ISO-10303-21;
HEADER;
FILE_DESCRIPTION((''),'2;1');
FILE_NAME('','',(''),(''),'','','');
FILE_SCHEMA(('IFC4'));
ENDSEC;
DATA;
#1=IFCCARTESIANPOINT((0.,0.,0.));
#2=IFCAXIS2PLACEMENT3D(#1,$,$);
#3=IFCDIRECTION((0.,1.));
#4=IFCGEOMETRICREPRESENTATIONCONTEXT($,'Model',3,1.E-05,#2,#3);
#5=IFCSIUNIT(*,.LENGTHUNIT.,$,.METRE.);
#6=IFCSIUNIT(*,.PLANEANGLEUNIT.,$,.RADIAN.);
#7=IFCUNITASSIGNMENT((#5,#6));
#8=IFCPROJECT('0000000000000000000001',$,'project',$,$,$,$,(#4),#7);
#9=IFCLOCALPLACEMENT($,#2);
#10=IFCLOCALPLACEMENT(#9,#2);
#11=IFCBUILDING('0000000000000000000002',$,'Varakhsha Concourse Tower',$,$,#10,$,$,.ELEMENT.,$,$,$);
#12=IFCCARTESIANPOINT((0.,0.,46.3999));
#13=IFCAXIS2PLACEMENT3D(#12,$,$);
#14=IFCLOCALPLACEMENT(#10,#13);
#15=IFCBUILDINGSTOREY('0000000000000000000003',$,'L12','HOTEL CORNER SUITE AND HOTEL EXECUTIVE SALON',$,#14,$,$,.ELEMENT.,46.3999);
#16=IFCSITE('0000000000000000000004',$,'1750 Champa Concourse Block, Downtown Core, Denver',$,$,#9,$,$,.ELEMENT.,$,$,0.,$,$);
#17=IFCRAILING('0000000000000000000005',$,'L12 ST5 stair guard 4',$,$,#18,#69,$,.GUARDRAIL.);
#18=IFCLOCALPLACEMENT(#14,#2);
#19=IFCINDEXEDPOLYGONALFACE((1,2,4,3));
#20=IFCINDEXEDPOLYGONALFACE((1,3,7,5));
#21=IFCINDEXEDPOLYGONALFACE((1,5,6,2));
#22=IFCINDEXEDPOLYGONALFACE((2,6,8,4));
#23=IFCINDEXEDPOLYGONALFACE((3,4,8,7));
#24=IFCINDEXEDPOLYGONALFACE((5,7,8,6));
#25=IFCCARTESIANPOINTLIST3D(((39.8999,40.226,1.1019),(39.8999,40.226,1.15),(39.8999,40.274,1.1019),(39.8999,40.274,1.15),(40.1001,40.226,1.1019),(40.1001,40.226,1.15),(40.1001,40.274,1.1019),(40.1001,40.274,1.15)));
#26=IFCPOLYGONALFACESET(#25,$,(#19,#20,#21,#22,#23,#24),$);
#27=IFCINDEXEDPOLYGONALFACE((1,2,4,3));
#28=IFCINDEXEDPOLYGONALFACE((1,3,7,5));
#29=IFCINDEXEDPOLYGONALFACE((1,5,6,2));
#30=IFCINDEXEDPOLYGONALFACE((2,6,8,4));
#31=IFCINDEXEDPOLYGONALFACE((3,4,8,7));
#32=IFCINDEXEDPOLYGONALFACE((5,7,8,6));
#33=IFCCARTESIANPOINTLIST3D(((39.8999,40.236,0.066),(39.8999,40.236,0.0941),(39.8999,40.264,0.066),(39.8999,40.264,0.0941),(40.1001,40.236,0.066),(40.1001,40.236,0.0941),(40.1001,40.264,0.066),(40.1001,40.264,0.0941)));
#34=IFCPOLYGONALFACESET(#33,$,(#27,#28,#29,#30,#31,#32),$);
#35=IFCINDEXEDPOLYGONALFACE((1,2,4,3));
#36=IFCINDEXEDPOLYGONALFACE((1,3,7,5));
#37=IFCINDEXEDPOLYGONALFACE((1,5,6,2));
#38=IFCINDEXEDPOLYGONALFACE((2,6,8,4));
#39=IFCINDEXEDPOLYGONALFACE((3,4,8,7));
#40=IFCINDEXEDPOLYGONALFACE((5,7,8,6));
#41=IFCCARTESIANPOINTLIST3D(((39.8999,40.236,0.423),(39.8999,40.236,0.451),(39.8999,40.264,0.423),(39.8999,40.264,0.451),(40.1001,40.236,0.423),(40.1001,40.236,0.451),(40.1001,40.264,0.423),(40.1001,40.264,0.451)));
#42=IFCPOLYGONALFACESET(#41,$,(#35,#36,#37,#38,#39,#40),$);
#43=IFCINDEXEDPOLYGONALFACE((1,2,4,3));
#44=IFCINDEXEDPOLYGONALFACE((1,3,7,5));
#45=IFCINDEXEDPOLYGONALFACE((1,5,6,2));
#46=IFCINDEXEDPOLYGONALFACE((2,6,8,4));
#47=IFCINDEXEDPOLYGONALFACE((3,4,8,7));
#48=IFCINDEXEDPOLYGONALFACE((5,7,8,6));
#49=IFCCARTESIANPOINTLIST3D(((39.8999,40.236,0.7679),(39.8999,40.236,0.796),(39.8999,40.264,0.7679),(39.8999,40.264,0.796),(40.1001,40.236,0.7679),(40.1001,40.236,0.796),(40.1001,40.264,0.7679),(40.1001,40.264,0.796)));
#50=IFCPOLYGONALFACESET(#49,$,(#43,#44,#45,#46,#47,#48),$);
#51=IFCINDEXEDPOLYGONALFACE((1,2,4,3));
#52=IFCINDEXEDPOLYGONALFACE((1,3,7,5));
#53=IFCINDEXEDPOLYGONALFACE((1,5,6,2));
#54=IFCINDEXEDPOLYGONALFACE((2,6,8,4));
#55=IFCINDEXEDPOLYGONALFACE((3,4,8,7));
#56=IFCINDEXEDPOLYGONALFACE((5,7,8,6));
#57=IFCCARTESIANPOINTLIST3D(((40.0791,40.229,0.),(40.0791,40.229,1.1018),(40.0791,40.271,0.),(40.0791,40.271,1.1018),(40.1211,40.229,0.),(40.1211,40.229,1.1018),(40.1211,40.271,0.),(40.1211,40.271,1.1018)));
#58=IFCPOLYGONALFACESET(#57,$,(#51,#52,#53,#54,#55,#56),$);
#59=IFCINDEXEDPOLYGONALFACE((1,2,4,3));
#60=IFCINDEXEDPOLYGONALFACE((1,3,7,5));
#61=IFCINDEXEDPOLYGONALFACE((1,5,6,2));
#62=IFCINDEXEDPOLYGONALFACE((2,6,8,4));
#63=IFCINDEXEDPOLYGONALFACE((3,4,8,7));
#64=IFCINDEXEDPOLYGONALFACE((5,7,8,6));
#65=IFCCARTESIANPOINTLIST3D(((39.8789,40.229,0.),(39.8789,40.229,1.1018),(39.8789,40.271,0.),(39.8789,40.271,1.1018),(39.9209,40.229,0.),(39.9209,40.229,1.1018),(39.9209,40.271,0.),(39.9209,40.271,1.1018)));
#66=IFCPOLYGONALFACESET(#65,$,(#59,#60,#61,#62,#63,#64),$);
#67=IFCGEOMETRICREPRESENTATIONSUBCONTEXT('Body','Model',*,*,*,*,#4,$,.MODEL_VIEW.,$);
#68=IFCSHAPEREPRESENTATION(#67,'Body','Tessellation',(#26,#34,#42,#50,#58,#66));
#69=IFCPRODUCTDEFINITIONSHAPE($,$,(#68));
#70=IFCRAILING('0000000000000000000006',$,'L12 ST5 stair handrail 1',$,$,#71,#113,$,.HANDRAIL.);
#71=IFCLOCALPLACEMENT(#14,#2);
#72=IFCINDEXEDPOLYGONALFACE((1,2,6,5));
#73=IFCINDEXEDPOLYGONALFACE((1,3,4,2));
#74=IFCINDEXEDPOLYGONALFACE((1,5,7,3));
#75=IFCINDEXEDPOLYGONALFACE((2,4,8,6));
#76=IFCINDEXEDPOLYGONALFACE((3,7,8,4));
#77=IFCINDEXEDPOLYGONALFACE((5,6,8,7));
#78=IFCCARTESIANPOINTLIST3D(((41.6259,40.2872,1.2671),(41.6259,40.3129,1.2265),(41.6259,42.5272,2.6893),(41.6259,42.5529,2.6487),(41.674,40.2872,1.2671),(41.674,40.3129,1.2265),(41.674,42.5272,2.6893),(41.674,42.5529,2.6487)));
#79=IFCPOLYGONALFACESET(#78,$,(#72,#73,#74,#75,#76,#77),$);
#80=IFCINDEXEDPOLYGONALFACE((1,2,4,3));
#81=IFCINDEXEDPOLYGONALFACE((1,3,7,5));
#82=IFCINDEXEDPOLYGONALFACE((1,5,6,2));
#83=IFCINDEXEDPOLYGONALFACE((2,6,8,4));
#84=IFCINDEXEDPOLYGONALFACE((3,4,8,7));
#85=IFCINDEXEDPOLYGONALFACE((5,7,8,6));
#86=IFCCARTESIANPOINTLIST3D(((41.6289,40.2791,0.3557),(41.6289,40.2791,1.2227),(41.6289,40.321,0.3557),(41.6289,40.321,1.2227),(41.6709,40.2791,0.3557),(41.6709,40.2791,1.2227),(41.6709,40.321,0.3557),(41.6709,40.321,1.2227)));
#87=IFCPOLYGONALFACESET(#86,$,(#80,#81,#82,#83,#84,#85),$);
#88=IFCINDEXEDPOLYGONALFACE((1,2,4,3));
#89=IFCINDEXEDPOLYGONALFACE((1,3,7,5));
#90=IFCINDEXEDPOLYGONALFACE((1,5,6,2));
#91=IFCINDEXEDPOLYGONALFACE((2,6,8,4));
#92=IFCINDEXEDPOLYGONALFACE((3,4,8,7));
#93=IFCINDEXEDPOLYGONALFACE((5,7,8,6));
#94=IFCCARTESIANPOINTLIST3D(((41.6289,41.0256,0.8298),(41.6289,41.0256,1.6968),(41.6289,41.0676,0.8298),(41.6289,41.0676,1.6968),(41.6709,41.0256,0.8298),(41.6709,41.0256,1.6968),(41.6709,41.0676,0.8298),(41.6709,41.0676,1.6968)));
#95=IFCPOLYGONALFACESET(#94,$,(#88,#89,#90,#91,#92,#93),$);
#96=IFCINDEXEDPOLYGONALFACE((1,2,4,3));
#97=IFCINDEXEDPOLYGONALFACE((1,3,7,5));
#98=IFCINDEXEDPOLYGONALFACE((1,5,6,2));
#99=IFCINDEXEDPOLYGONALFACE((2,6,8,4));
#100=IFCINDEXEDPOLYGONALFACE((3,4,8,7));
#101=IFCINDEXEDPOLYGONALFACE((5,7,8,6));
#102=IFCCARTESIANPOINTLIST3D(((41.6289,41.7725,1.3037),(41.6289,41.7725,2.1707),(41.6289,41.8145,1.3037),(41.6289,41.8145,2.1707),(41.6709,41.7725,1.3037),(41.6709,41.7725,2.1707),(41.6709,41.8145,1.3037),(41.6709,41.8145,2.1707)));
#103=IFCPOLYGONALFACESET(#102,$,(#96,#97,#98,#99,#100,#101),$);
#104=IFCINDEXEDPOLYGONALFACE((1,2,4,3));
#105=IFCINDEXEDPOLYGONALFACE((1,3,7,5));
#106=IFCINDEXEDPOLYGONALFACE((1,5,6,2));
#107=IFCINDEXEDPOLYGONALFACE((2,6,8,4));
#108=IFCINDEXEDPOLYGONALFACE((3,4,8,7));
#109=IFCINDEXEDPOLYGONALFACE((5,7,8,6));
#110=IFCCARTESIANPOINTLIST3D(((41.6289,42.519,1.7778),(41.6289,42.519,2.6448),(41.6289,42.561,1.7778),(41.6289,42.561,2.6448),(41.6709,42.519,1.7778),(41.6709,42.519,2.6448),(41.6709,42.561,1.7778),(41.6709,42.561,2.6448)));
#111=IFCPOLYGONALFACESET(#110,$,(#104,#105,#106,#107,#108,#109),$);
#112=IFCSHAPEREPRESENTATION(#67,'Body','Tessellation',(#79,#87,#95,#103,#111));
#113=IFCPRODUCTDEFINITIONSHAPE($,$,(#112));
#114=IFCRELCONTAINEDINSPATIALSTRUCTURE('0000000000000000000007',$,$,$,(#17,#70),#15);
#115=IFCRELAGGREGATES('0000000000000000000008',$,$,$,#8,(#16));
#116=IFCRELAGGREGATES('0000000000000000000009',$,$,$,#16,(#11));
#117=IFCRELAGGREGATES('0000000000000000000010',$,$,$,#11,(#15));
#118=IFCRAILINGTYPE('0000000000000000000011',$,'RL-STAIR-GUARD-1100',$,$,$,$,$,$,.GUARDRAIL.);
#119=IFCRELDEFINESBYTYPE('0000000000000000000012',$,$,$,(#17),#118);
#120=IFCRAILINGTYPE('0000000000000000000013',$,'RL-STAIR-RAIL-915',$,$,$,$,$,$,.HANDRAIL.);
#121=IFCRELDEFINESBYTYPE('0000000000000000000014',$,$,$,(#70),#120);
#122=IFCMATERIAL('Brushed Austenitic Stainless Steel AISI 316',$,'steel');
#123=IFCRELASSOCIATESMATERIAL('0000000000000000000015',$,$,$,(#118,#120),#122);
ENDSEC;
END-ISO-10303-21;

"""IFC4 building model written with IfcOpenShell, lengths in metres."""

from ifc_helpers import new_model, si_unit, direction, frame, origin, origin_2d, place, context, subcontext, project, spatial, rectangle, extrude, material, type_object, element, save


model = new_model("IFC4")

# Units and contexts
model_context = context("Model", 3, precision=1e-05, world=origin(), true_north=direction((0.0, 1.0)))
body_context = subcontext(model_context, "Body", "Model", "MODEL_VIEW")
ifc_project = project(units=[si_unit("LENGTHUNIT", "METRE"), si_unit("PLANEANGLEUNIT", "RADIAN")], contexts=[model_context])

# Site, building, storey
site_placement = place(None, origin())
site = spatial("IfcSite", under=ifc_project, at=site_placement, Name="1750 Champa Concourse Block, Downtown Core, Denver", CompositionType="ELEMENT", RefElevation=0.0)
building_placement = place(site_placement, origin())
building = spatial("IfcBuilding", under=site, at=building_placement, Name="Varakhsha Concourse Tower", CompositionType="ELEMENT")
storey_placement = place(building_placement, frame((0.0, 0.0, 46.3999)))
storey = spatial("IfcBuildingStorey", under=building, at=storey_placement, Name="L12", Description="HOTEL CORNER SUITE AND HOTEL EXECUTIVE SALON", CompositionType="ELEMENT", Elevation=46.3999)

# Railings
ifc_material_1 = material(Name="Brushed Austenitic Stainless Steel AISI 316", Category="steel")
railing_type_1 = type_object("IfcRailingType", Name="RL-STAIR-GUARD-1100", PredefinedType="GUARDRAIL", material=ifc_material_1)
railing_1_placement = place(storey_placement, frame((40.1001, 40.25, 0.0)))
element("IfcRailing", 1, at=railing_1_placement, inside=storey, type_object=railing_type_1, Name="L12 ST5 stair guard 4", PredefinedType="GUARDRAIL", context=body_context, shape_type="SweptSolid", body=[
    extrude(rectangle(XDim=0.0481, YDim=0.0481, at=origin_2d()), frame((0.0, 0.0, 1.126), z_axis=(-1.0, 0.0, 0.0), x_axis=(0.0, -1.0, 0.0)), (0.0, 0.0, 1.0), 0.2002),
    extrude(rectangle(XDim=0.0281, YDim=0.0281, at=origin_2d()), frame((0.0, 0.0, 0.0801), z_axis=(-1.0, 0.0, 0.0), x_axis=(0.0, -1.0, 0.0)), (0.0, 0.0, 1.0), 0.2002),
    extrude(rectangle(XDim=0.0281, YDim=0.0281, at=origin_2d()), frame((0.0, 0.0, 0.437), z_axis=(-1.0, 0.0, 0.0), x_axis=(0.0, -1.0, 0.0)), (0.0, 0.0, 1.0), 0.2002),
    extrude(rectangle(XDim=0.0281, YDim=0.0281, at=origin_2d()), frame((0.0, 0.0, 0.782), z_axis=(-1.0, 0.0, 0.0), x_axis=(0.0, -1.0, 0.0)), (0.0, 0.0, 1.0), 0.2002),
    extrude(rectangle(XDim=0.042, YDim=0.042, at=origin_2d()), origin(), (0.0, 0.0, 1.0), 1.1018),
    extrude(rectangle(XDim=0.042, YDim=0.042, at=origin_2d()), frame((-0.2002, 0.0, 0.0)), (0.0, 0.0, 1.0), 1.1018),
])
railing_type_2 = type_object("IfcRailingType", Name="RL-STAIR-RAIL-915", PredefinedType="HANDRAIL", material=ifc_material_1)
railing_2_placement = place(storey_placement, frame((41.6499, 40.3, 0.3557)))
element("IfcRailing", 2, at=railing_2_placement, inside=storey, type_object=railing_type_2, Name="L12 ST5 stair handrail 1", PredefinedType="HANDRAIL", context=body_context, shape_type="SweptSolid", body=[
    extrude(rectangle(XDim=0.0481, YDim=0.0481, at=origin_2d()), frame((0.0, 0.0, 0.8911), z_axis=(0.0, 0.844229, 0.535982), x_axis=(-1.0, 0.0, 0.0)), (0.0, 0.0, 1.0), 2.6533),
    extrude(rectangle(XDim=0.042, YDim=0.042, at=origin_2d()), origin(), (0.0, 0.0, 1.0), 0.8669),
    extrude(rectangle(XDim=0.042, YDim=0.042, at=origin_2d()), frame((0.0, 0.7466, 0.4741)), (0.0, 0.0, 1.0), 0.8669),
    extrude(rectangle(XDim=0.042, YDim=0.042, at=origin_2d()), frame((0.0, 1.4934, 0.948)), (0.0, 0.0, 1.0), 0.8669),
    extrude(rectangle(XDim=0.042, YDim=0.042, at=origin_2d()), frame((0.0, 2.24, 1.4221)), (0.0, 0.0, 1.0), 0.8669),
])

save(model, "model.ifc")
